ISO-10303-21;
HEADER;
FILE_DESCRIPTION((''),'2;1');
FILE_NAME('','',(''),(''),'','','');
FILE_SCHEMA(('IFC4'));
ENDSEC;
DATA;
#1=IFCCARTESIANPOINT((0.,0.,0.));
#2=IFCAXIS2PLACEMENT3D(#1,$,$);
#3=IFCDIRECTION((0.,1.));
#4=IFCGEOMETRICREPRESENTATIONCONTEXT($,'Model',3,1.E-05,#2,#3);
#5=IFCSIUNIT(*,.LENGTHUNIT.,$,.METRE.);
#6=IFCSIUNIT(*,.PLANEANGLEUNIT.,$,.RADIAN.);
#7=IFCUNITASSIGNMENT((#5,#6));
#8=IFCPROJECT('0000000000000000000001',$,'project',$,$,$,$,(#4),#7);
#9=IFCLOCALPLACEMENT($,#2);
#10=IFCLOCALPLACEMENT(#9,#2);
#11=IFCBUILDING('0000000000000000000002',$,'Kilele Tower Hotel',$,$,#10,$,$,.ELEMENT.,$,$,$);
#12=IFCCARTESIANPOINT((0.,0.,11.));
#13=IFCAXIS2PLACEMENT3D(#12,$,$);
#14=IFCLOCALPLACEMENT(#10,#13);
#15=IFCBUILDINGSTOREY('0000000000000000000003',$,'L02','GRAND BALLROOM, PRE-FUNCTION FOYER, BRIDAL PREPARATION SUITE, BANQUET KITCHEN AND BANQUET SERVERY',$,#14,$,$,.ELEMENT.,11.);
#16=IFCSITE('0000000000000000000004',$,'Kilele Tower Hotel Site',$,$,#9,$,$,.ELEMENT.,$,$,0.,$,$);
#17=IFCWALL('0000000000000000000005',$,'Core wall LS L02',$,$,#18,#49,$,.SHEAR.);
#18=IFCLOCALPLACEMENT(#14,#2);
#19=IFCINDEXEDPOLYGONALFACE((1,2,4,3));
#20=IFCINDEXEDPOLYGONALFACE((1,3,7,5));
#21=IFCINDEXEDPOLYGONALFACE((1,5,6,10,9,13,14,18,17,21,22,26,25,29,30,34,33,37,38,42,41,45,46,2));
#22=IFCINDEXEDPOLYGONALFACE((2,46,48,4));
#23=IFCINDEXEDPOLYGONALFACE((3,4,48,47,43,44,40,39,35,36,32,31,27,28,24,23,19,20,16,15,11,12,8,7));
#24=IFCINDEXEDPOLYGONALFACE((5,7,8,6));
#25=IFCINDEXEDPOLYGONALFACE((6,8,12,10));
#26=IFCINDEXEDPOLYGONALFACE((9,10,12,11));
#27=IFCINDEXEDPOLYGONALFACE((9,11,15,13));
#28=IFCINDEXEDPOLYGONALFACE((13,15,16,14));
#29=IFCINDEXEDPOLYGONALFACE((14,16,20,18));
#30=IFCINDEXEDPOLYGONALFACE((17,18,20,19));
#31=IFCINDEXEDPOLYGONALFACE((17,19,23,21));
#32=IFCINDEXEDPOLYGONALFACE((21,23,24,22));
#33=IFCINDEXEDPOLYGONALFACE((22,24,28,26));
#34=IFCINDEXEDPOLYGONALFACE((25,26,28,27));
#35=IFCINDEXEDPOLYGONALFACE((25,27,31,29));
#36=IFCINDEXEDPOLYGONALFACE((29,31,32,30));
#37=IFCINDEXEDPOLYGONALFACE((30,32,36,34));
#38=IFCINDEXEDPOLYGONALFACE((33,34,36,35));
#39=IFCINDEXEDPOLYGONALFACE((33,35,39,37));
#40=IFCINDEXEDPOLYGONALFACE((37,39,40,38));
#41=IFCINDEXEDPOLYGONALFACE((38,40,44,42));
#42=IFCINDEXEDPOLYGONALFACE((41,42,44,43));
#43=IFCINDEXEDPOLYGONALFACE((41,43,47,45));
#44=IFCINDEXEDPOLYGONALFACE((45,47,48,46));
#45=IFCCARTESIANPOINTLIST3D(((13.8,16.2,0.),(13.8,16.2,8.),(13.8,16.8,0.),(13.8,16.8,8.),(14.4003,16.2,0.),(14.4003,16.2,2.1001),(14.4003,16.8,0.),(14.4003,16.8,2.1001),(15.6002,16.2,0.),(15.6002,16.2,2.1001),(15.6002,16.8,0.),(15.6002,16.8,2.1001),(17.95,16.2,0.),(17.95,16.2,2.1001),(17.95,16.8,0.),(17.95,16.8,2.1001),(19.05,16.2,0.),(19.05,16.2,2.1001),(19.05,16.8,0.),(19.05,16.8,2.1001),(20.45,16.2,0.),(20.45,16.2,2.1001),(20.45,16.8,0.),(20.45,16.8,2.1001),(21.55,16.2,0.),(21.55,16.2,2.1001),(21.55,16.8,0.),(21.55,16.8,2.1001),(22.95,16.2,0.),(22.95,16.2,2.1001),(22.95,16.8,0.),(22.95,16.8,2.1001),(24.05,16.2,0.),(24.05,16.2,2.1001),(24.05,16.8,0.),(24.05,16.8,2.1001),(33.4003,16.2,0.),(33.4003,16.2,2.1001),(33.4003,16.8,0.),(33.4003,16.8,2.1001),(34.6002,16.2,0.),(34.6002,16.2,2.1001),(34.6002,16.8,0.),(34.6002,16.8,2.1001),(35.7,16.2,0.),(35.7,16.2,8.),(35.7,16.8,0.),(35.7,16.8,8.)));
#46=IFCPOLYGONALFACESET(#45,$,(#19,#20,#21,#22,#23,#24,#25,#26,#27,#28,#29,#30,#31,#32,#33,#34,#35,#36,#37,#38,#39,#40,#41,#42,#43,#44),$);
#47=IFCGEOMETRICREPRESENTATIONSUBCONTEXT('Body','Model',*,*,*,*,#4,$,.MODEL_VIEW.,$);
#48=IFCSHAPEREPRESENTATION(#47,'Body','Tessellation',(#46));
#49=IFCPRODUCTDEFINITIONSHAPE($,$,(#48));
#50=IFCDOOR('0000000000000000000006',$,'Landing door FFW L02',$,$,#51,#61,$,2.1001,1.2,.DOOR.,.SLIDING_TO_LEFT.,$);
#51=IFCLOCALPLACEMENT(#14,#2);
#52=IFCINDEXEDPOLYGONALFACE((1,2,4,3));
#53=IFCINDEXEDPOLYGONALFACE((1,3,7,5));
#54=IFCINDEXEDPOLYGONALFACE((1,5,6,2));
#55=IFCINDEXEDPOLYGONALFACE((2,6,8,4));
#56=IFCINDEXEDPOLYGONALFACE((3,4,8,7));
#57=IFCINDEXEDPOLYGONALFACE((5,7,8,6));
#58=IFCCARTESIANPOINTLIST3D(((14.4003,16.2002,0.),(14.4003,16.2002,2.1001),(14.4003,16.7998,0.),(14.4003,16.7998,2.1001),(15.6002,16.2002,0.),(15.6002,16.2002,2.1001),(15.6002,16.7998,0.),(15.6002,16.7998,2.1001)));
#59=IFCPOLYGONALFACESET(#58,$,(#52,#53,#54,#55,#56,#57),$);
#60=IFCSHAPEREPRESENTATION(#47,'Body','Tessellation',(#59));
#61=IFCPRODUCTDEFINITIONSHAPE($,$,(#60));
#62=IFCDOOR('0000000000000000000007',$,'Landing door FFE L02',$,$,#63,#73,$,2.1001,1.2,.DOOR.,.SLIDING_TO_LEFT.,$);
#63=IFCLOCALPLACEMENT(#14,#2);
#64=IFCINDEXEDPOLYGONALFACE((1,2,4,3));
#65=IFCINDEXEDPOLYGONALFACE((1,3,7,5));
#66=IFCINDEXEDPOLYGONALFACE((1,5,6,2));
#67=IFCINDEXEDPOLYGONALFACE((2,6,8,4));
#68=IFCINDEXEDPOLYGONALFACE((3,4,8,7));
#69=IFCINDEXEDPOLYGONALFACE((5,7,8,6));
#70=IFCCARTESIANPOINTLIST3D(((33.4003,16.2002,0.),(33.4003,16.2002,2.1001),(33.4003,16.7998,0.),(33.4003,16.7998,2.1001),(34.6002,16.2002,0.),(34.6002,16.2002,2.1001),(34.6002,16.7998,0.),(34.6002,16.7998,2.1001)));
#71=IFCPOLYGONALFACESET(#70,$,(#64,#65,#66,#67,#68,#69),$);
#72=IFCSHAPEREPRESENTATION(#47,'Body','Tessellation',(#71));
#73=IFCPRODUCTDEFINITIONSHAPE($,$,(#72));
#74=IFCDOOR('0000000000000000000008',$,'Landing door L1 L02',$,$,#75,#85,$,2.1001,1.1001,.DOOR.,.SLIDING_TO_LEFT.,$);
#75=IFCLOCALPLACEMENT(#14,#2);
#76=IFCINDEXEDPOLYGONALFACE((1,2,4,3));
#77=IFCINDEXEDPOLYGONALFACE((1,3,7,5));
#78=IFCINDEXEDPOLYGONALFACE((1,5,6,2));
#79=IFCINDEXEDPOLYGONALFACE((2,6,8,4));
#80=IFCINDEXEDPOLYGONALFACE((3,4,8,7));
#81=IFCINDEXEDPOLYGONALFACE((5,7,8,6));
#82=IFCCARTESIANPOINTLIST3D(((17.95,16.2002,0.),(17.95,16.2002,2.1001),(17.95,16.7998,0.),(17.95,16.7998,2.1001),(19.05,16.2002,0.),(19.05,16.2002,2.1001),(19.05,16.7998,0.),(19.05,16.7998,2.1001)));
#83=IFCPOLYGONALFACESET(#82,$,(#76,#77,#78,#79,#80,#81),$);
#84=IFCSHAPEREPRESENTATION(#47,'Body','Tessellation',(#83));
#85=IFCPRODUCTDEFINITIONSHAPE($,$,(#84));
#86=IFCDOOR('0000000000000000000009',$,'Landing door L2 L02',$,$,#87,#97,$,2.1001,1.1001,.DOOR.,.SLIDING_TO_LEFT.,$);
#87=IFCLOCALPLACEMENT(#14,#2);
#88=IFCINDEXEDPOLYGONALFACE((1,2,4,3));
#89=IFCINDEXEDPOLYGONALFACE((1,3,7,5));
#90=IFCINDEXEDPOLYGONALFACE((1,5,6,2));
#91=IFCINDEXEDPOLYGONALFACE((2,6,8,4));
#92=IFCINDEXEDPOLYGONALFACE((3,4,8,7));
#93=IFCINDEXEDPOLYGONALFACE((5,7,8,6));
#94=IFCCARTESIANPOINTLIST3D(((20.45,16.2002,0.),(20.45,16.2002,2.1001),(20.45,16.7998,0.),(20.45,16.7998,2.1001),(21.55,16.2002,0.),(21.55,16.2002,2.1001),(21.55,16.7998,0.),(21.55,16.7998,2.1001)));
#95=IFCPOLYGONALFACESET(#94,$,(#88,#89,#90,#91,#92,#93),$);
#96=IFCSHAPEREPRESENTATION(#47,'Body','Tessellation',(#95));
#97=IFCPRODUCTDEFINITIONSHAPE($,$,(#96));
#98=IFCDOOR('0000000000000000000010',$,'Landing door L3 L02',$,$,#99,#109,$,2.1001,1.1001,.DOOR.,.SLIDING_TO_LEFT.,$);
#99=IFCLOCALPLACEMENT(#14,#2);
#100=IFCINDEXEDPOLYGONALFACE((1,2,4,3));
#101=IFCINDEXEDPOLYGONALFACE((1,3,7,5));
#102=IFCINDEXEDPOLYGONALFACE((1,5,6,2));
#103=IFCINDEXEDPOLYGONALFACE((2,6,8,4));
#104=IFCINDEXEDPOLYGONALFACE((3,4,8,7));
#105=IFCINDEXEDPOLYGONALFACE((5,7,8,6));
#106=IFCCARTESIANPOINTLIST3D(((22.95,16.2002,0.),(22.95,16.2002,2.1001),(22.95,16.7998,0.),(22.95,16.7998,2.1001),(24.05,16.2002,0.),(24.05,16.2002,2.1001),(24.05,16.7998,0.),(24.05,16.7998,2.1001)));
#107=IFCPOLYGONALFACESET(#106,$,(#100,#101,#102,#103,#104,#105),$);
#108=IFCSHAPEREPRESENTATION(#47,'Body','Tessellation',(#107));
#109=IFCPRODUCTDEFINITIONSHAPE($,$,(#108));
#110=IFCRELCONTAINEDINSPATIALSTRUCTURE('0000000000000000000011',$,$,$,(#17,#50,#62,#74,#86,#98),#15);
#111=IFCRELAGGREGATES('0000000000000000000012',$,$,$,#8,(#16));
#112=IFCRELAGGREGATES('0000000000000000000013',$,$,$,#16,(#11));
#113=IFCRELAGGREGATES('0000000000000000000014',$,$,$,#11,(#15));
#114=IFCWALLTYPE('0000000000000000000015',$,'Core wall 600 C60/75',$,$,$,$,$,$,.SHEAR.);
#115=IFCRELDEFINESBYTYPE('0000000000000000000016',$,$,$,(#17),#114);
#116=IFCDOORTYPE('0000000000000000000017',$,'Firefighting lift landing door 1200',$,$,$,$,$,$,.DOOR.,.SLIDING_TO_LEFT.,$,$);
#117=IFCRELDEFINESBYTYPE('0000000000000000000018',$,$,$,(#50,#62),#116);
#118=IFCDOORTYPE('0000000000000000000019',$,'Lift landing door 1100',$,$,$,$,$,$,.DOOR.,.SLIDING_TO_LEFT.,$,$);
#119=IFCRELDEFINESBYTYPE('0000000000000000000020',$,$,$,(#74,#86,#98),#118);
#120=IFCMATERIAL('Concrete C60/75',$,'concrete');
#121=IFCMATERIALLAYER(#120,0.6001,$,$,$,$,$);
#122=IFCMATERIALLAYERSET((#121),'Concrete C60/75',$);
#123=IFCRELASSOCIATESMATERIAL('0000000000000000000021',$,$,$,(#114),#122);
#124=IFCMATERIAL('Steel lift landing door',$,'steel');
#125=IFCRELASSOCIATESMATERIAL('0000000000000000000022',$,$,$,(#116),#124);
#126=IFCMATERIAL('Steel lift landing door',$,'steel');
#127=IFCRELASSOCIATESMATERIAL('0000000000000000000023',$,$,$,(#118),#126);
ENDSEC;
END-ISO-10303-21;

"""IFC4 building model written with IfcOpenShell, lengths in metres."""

from ifc_helpers import new_model, si_unit, direction, frame, frame_2d, origin, place, context, subcontext, project, spatial, rectangle, extrude, material, layer, layer_set, type_object, element, fill, save


model = new_model("IFC4")

# Units and contexts
model_context = context("Model", 3, precision=1e-05, world=origin(), true_north=direction((0.0, 1.0)))
body_context = subcontext(model_context, "Body", "Model", "MODEL_VIEW")
ifc_project = project(units=[si_unit("LENGTHUNIT", "METRE"), si_unit("PLANEANGLEUNIT", "RADIAN")], contexts=[model_context])

# Site, building, storey
site_placement = place(None, origin())
site = spatial("IfcSite", under=ifc_project, at=site_placement, Name="Kilele Tower Hotel Site", CompositionType="ELEMENT", RefElevation=0.0)
building_placement = place(site_placement, origin())
building = spatial("IfcBuilding", under=site, at=building_placement, Name="Kilele Tower Hotel", CompositionType="ELEMENT")
storey_placement = place(building_placement, frame((0.0, 0.0, 11.0)))
storey = spatial("IfcBuildingStorey", under=building, at=storey_placement, Name="L02", Description="GRAND BALLROOM, PRE-FUNCTION FOYER, BRIDAL PREPARATION SUITE, BANQUET KITCHEN AND BANQUET SERVERY", CompositionType="ELEMENT", Elevation=11.0)

# Shared definitions
ifc_material_1 = material(Name="Concrete C60/75", Category="concrete")
ifc_layer_1 = layer(ifc_material_1, 0.6001)
ifc_layer_set_1 = layer_set([ifc_layer_1], Name="Concrete C60/75")
wall_type_1 = type_object("IfcWallType", Name="Core wall 600 C60/75", PredefinedType="SHEAR", material=ifc_layer_set_1)

# Wall, openings, doors
wall_1_placement = place(storey_placement, frame((13.8, 16.5, 0.0), z_axis=(0.0, 0.0, 1.0), x_axis=(1.0, 0.0, 0.0)))
wall_1 = element("IfcWall", 1, at=wall_1_placement, inside=storey, type_object=wall_type_1, Name="Core wall LS L02", PredefinedType="SHEAR", context=body_context, shape_type="SweptSolid", body=[
    extrude(rectangle(XDim=21.8999, YDim=0.6001, at=frame_2d((10.95, 0.0))), origin(), (0.0, 0.0, 1.0), 8.0),
])
opening_1_placement = place(wall_1_placement, frame((4.1499, 0.0, 0.0)))
opening_1 = element("IfcOpeningElement", 2, at=opening_1_placement, cuts=wall_1, PredefinedType="OPENING", context=body_context, shape_type="SweptSolid", body=[
    extrude(rectangle(XDim=1.1001, YDim=2.1001, at=frame_2d((0.55, 1.05))), frame((0.0, 0.3101, 0.0), z_axis=(0.0, -1.0, 0.0), x_axis=(1.0, 0.0, 0.0)), (0.0, 0.0, 1.0), 0.6201),
])
opening_2_placement = place(wall_1_placement, frame((6.6499, 0.0, 0.0)))
opening_2 = element("IfcOpeningElement", 3, at=opening_2_placement, cuts=wall_1, PredefinedType="OPENING", context=body_context, shape_type="SweptSolid", body=[
    extrude(rectangle(XDim=1.1001, YDim=2.1001, at=frame_2d((0.55, 1.05))), frame((0.0, 0.3101, 0.0), z_axis=(0.0, -1.0, 0.0), x_axis=(1.0, 0.0, 0.0)), (0.0, 0.0, 1.0), 0.6201),
])
opening_3_placement = place(wall_1_placement, frame((9.1499, 0.0, 0.0)))
opening_3 = element("IfcOpeningElement", 4, at=opening_3_placement, cuts=wall_1, PredefinedType="OPENING", context=body_context, shape_type="SweptSolid", body=[
    extrude(rectangle(XDim=1.1001, YDim=2.1001, at=frame_2d((0.55, 1.05))), frame((0.0, 0.3101, 0.0), z_axis=(0.0, -1.0, 0.0), x_axis=(1.0, 0.0, 0.0)), (0.0, 0.0, 1.0), 0.6201),
])
opening_4_placement = place(wall_1_placement, frame((0.6001, 0.0, 0.0)))
opening_4 = element("IfcOpeningElement", 5, at=opening_4_placement, cuts=wall_1, PredefinedType="OPENING", context=body_context, shape_type="SweptSolid", body=[
    extrude(rectangle(XDim=1.2, YDim=2.1001, at=frame_2d((0.6001, 1.05))), frame((0.0, 0.3101, 0.0), z_axis=(0.0, -1.0, 0.0), x_axis=(1.0, 0.0, 0.0)), (0.0, 0.0, 1.0), 0.6201),
])
opening_5_placement = place(wall_1_placement, frame((19.6001, 0.0, 0.0)))
opening_5 = element("IfcOpeningElement", 6, at=opening_5_placement, cuts=wall_1, PredefinedType="OPENING", context=body_context, shape_type="SweptSolid", body=[
    extrude(rectangle(XDim=1.2, YDim=2.1001, at=frame_2d((0.6001, 1.05))), frame((0.0, 0.3101, 0.0), z_axis=(0.0, -1.0, 0.0), x_axis=(1.0, 0.0, 0.0)), (0.0, 0.0, 1.0), 0.6201),
])
ifc_material_2 = material(Name="Steel lift landing door", Category="steel")
door_type_1 = type_object("IfcDoorType", Name="Firefighting lift landing door 1200", OperationType="SLIDING_TO_LEFT", PredefinedType="DOOR", material=ifc_material_2)
door_1_placement = place(opening_4_placement, origin())
door_1 = element("IfcDoor", 7, at=door_1_placement, inside=storey, type_object=door_type_1, Name="Landing door FFW L02", OperationType="SLIDING_TO_LEFT", OverallHeight=2.1001, OverallWidth=1.2, PredefinedType="DOOR", context=body_context, shape_type="SweptSolid", body=[
    extrude(rectangle(XDim=1.2, YDim=2.1001, at=frame_2d((0.6001, 1.05))), frame((0.0, 0.2998, 0.0), z_axis=(0.0, -1.0, 0.0), x_axis=(1.0, 0.0, 0.0)), (0.0, 0.0, 1.0), 0.5996),
])
fill(opening_4, door_1)
door_2_placement = place(opening_5_placement, origin())
door_2 = element("IfcDoor", 8, at=door_2_placement, inside=storey, type_object=door_type_1, Name="Landing door FFE L02", OperationType="SLIDING_TO_LEFT", OverallHeight=2.1001, OverallWidth=1.2, PredefinedType="DOOR", context=body_context, shape_type="SweptSolid", body=[
    extrude(rectangle(XDim=1.2, YDim=2.1001, at=frame_2d((0.6001, 1.05))), frame((0.0, 0.2998, 0.0), z_axis=(0.0, -1.0, 0.0), x_axis=(1.0, 0.0, 0.0)), (0.0, 0.0, 1.0), 0.5996),
])
fill(opening_5, door_2)
ifc_material_3 = material(Name="Steel lift landing door", Category="steel")
door_type_2 = type_object("IfcDoorType", Name="Lift landing door 1100", OperationType="SLIDING_TO_LEFT", PredefinedType="DOOR", material=ifc_material_3)
door_3_placement = place(opening_1_placement, origin())
door_3 = element("IfcDoor", 9, at=door_3_placement, inside=storey, type_object=door_type_2, Name="Landing door L1 L02", OperationType="SLIDING_TO_LEFT", OverallHeight=2.1001, OverallWidth=1.1001, PredefinedType="DOOR", context=body_context, shape_type="SweptSolid", body=[
    extrude(rectangle(XDim=1.1001, YDim=2.1001, at=frame_2d((0.55, 1.05))), frame((0.0, 0.2998, 0.0), z_axis=(0.0, -1.0, 0.0), x_axis=(1.0, 0.0, 0.0)), (0.0, 0.0, 1.0), 0.5996),
])
fill(opening_1, door_3)
door_4_placement = place(opening_2_placement, origin())
door_4 = element("IfcDoor", 10, at=door_4_placement, inside=storey, type_object=door_type_2, Name="Landing door L2 L02", OperationType="SLIDING_TO_LEFT", OverallHeight=2.1001, OverallWidth=1.1001, PredefinedType="DOOR", context=body_context, shape_type="SweptSolid", body=[
    extrude(rectangle(XDim=1.1001, YDim=2.1001, at=frame_2d((0.55, 1.05))), frame((0.0, 0.2998, 0.0), z_axis=(0.0, -1.0, 0.0), x_axis=(1.0, 0.0, 0.0)), (0.0, 0.0, 1.0), 0.5996),
])
fill(opening_2, door_4)
door_5_placement = place(opening_3_placement, origin())
door_5 = element("IfcDoor", 11, at=door_5_placement, inside=storey, type_object=door_type_2, Name="Landing door L3 L02", OperationType="SLIDING_TO_LEFT", OverallHeight=2.1001, OverallWidth=1.1001, PredefinedType="DOOR", context=body_context, shape_type="SweptSolid", body=[
    extrude(rectangle(XDim=1.1001, YDim=2.1001, at=frame_2d((0.55, 1.05))), frame((0.0, 0.2998, 0.0), z_axis=(0.0, -1.0, 0.0), x_axis=(1.0, 0.0, 0.0)), (0.0, 0.0, 1.0), 0.5996),
])
fill(opening_3, door_5)

save(model, "model.ifc")
